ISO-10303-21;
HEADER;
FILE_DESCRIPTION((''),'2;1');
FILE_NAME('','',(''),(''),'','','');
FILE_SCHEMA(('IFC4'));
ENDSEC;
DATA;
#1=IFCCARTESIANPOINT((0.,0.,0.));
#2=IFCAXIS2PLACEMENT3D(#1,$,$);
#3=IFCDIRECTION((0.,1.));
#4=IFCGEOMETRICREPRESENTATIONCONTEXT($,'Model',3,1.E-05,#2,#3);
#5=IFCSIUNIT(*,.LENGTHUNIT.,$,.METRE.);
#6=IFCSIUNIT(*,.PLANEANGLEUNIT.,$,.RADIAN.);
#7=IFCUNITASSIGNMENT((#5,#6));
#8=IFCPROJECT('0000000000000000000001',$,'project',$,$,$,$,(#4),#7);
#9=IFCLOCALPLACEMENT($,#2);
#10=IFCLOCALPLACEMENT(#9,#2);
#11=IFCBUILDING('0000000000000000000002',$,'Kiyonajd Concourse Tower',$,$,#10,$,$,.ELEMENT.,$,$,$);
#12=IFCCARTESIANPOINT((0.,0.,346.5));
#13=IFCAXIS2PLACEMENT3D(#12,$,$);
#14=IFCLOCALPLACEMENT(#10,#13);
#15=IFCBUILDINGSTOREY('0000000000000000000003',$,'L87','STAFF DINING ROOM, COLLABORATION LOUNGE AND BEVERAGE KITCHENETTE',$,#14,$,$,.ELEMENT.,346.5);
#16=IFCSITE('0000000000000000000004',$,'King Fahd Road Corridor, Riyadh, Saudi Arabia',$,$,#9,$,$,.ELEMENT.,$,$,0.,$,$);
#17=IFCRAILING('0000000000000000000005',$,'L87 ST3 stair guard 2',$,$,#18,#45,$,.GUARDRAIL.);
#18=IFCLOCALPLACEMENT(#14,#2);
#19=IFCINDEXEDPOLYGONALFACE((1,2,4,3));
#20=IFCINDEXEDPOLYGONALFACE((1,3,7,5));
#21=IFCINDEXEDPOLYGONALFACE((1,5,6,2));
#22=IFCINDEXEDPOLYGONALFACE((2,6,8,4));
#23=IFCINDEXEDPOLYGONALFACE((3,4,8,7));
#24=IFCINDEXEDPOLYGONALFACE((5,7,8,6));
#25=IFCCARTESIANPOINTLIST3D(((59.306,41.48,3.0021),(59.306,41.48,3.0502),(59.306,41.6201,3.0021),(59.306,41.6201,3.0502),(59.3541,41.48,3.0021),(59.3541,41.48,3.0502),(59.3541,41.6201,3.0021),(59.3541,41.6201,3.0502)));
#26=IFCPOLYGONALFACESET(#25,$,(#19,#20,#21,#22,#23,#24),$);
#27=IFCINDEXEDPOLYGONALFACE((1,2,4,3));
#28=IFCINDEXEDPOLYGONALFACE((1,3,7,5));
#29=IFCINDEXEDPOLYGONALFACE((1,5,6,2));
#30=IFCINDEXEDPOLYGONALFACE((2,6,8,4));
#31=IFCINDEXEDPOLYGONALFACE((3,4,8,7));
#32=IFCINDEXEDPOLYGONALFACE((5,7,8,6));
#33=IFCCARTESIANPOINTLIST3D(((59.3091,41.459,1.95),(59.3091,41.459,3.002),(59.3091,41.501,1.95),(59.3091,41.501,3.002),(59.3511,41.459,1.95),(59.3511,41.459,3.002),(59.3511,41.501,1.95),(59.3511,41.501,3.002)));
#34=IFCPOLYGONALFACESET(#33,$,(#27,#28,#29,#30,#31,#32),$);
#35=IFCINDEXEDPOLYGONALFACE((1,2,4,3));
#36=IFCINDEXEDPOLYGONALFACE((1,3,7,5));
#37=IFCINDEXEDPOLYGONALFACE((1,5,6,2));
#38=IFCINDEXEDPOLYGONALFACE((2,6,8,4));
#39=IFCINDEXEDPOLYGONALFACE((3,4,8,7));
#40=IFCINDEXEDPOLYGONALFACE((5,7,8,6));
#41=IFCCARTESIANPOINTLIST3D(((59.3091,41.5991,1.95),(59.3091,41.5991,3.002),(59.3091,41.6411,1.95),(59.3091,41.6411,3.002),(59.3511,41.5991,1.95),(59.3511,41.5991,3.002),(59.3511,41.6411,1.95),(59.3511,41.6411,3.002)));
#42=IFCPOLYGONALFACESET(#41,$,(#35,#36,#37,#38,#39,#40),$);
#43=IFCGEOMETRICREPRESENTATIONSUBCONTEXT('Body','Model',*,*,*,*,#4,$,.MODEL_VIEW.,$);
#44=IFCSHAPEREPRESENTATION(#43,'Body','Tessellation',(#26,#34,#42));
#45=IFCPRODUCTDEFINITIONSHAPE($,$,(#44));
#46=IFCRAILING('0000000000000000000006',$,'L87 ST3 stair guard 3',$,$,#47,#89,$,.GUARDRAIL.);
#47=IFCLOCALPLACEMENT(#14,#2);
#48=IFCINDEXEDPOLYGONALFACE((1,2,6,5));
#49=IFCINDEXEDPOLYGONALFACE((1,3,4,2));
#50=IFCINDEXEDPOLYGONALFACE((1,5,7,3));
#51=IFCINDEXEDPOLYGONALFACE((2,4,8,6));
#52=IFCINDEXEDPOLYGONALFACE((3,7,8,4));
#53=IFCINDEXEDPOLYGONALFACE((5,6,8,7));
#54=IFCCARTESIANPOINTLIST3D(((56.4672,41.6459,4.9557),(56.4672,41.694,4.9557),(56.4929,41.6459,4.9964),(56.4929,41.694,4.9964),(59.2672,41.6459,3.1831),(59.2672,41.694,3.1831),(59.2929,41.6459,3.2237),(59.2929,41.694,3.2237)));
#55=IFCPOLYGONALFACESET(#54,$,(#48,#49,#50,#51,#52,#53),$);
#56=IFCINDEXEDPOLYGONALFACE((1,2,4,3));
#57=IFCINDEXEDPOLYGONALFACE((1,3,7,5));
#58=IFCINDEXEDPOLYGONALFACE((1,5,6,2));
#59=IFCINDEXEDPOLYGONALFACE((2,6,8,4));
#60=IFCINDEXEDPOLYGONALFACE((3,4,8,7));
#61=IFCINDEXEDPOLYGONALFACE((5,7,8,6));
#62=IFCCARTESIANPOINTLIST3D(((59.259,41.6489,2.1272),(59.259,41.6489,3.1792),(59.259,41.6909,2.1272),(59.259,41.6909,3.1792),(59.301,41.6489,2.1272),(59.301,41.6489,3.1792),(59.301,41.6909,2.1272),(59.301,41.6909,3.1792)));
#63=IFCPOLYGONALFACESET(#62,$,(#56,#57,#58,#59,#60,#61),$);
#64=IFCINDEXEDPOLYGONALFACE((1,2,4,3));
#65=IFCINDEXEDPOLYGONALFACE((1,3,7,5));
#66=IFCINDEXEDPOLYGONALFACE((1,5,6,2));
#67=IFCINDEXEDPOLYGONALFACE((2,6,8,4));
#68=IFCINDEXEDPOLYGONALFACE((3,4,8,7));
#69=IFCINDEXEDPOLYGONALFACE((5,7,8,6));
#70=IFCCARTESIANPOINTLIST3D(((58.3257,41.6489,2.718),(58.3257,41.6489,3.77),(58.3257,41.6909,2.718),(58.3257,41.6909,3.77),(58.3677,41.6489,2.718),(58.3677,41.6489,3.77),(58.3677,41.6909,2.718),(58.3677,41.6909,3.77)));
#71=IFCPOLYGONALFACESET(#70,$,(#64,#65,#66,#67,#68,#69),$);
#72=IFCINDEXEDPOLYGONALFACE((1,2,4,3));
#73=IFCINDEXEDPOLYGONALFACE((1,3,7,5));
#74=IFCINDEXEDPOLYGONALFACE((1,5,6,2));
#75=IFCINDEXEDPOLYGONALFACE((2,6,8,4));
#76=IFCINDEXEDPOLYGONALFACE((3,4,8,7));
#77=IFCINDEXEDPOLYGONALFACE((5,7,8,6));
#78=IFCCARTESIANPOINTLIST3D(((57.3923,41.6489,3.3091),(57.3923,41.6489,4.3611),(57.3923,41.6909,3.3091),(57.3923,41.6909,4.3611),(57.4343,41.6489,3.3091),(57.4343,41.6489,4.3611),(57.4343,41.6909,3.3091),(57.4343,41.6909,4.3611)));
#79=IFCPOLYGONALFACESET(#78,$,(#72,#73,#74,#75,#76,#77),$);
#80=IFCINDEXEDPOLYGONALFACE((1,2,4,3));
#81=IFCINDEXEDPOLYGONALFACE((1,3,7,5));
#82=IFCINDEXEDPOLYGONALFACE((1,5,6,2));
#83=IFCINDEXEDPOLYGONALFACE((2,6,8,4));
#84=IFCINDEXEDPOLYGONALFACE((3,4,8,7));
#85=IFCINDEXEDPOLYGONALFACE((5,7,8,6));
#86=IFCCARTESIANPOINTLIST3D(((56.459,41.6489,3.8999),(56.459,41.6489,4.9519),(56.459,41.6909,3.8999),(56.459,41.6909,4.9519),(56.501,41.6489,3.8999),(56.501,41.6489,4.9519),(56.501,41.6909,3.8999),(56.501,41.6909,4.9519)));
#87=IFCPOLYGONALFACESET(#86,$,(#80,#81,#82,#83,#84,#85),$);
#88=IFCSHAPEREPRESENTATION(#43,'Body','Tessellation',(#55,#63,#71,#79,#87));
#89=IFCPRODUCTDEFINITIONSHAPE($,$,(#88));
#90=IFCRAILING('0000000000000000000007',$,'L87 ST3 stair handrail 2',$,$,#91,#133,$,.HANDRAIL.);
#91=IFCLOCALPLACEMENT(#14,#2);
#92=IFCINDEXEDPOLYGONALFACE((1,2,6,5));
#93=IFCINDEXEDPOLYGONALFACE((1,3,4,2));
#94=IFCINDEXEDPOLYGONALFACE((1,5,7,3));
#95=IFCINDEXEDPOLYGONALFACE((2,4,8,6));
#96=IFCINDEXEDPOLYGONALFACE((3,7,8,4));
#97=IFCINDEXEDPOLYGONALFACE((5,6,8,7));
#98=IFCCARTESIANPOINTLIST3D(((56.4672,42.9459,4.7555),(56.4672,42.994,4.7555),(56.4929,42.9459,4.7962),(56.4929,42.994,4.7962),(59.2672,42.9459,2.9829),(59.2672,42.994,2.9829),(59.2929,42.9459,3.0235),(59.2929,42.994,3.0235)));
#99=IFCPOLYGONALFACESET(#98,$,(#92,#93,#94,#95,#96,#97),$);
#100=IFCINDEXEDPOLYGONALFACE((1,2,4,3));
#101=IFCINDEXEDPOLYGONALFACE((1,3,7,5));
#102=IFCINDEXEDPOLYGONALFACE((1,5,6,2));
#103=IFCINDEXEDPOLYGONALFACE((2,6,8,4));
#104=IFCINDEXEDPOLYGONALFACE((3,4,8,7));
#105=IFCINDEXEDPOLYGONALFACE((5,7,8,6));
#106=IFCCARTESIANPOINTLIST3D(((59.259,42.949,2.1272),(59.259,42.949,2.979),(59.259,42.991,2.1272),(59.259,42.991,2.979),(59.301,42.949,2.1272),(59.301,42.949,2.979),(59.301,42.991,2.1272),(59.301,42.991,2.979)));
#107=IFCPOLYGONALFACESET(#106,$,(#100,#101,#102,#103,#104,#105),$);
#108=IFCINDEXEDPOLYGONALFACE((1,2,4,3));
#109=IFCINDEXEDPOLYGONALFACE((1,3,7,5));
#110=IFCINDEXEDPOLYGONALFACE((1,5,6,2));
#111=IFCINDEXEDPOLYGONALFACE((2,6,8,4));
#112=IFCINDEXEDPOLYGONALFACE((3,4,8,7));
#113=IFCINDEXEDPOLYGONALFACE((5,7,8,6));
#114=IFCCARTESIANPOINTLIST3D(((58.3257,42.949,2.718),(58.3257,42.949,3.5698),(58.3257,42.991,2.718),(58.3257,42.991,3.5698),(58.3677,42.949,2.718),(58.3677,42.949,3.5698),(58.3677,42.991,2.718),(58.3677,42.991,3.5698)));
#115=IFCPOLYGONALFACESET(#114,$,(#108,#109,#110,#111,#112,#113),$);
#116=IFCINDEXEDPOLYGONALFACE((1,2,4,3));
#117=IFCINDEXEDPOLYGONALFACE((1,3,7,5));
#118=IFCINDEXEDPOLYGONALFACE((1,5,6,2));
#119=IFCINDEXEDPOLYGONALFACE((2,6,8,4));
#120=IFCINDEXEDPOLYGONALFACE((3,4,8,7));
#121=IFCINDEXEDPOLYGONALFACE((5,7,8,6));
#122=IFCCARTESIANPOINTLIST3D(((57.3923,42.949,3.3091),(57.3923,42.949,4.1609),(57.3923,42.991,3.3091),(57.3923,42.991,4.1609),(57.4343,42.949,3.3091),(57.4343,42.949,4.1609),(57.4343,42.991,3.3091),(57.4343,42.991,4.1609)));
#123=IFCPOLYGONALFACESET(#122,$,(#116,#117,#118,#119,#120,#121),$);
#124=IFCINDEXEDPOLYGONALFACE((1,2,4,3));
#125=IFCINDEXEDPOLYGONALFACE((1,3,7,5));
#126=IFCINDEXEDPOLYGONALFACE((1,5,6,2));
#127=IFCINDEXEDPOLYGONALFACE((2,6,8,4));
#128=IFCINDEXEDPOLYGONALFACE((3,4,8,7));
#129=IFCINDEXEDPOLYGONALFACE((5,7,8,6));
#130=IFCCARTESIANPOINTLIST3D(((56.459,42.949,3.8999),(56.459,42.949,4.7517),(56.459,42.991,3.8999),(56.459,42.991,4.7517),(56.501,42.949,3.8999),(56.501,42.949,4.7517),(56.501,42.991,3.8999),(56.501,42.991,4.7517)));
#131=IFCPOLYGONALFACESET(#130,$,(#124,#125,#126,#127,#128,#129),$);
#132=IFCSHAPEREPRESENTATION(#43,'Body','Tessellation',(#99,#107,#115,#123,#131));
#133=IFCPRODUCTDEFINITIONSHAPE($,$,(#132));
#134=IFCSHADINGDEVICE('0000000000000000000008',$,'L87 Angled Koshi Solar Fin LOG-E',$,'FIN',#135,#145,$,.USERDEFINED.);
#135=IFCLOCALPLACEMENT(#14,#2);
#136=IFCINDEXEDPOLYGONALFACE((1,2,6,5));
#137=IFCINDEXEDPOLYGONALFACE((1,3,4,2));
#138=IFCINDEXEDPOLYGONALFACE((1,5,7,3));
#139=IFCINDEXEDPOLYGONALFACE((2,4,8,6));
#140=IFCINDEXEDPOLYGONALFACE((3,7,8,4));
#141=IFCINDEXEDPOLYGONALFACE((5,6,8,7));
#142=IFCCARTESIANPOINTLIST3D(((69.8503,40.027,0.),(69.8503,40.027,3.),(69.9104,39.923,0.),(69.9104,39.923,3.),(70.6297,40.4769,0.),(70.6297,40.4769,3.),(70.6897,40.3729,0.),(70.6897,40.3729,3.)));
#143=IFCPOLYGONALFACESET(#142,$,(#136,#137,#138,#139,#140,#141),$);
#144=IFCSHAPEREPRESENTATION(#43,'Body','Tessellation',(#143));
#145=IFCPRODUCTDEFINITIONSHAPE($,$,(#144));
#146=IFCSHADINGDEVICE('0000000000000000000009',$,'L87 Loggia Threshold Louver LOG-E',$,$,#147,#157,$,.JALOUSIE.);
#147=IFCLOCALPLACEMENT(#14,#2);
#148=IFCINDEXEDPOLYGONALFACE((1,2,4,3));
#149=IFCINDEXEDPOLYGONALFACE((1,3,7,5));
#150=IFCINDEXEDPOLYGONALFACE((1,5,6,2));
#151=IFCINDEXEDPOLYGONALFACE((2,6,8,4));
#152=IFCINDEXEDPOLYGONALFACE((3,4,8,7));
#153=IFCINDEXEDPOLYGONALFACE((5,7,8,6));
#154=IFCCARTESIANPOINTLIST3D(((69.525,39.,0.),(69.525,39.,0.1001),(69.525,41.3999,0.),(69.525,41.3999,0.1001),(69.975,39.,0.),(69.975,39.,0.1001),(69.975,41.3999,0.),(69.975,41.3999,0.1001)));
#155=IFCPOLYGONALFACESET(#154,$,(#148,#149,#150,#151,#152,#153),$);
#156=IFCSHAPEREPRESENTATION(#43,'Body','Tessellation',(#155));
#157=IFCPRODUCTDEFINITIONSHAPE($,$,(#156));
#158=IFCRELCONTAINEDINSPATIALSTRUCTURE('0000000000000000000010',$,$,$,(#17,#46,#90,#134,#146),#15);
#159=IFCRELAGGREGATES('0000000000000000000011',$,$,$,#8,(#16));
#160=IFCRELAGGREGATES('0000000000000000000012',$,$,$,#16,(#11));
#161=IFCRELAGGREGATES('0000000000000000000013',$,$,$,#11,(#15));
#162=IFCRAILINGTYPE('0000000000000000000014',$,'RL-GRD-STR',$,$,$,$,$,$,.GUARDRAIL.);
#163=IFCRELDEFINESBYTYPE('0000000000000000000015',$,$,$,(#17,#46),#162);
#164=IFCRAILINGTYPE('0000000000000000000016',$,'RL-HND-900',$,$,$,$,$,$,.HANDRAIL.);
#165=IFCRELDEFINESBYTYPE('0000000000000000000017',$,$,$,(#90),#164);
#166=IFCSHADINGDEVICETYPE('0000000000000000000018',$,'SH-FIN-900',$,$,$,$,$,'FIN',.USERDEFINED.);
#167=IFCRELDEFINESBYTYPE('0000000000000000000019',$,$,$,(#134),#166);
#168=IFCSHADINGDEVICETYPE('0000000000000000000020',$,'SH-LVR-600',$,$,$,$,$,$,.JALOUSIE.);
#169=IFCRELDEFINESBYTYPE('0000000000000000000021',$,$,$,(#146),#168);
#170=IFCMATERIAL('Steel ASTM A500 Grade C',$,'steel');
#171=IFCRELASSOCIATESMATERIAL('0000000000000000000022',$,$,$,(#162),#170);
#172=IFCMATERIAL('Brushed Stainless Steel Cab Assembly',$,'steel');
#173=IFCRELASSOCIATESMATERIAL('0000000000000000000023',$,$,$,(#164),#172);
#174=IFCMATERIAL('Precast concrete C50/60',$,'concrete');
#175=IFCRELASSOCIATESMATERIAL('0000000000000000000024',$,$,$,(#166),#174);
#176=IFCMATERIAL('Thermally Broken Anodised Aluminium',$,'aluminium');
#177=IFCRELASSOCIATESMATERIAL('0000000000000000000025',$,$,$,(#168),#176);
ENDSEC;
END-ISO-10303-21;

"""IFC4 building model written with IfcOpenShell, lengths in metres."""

from ifc_helpers import new_model, si_unit, direction, frame, origin, origin_2d, place, context, subcontext, project, spatial, rectangle, extrude, material, type_object, element, save


model = new_model("IFC4")

# Units and contexts
model_context = context("Model", 3, precision=1e-05, world=origin(), true_north=direction((0.0, 1.0)))
body_context = subcontext(model_context, "Body", "Model", "MODEL_VIEW")
ifc_project = project(units=[si_unit("LENGTHUNIT", "METRE"), si_unit("PLANEANGLEUNIT", "RADIAN")], contexts=[model_context])

# Site, building, storey
site_placement = place(None, origin())
site = spatial("IfcSite", under=ifc_project, at=site_placement, Name="King Fahd Road Corridor, Riyadh, Saudi Arabia", CompositionType="ELEMENT", RefElevation=0.0)
building_placement = place(site_placement, origin())
building = spatial("IfcBuilding", under=site, at=building_placement, Name="Kiyonajd Concourse Tower", CompositionType="ELEMENT")
storey_placement = place(building_placement, frame((0.0, 0.0, 346.5)))
storey = spatial("IfcBuildingStorey", under=building, at=storey_placement, Name="L87", Description="STAFF DINING ROOM, COLLABORATION LOUNGE AND BEVERAGE KITCHENETTE", CompositionType="ELEMENT", Elevation=346.5)

# Shared definitions
ifc_material_1 = material(Name="Thermally Broken Anodised Aluminium", Category="aluminium")

# Shared definitions
ifc_material_2 = material(Name="Precast concrete C50/60", Category="concrete")

# Railings
ifc_material_3 = material(Name="Steel ASTM A500 Grade C", Category="steel")
railing_type_1 = type_object("IfcRailingType", Name="RL-GRD-STR", PredefinedType="GUARDRAIL", material=ifc_material_3)
railing_1_placement = place(storey_placement, frame((59.3301, 41.48, 1.95)))
element("IfcRailing", 1, at=railing_1_placement, inside=storey, type_object=railing_type_1, Name="L87 ST3 stair guard 2", PredefinedType="GUARDRAIL", context=body_context, shape_type="SweptSolid", body=[
    extrude(rectangle(XDim=0.0481, YDim=0.0481, at=origin_2d()), frame((0.0, 0.0, 1.0762), z_axis=(0.0, 1.0, 0.0), x_axis=(-1.0, 0.0, 0.0)), (0.0, 0.0, 1.0), 0.1401),
    extrude(rectangle(XDim=0.042, YDim=0.042, at=origin_2d()), origin(), (0.0, 0.0, 1.0), 1.052),
    extrude(rectangle(XDim=0.042, YDim=0.042, at=origin_2d()), frame((0.0, 0.1401, 0.0)), (0.0, 0.0, 1.0), 1.052),
])
railing_2_placement = place(storey_placement, frame((59.28, 41.6699, 2.1272)))
element("IfcRailing", 2, at=railing_2_placement, inside=storey, type_object=railing_type_1, Name="L87 ST3 stair guard 3", PredefinedType="GUARDRAIL", context=body_context, shape_type="SweptSolid", body=[
    extrude(rectangle(XDim=0.0481, YDim=0.0481, at=origin_2d()), frame((0.0, 0.0, 1.0762), z_axis=(-0.844909, 0.0, 0.53491), x_axis=(0.0, -1.0, 0.0)), (0.0, 0.0, 1.0), 3.314),
    extrude(rectangle(XDim=0.042, YDim=0.042, at=origin_2d()), origin(), (0.0, 0.0, 1.0), 1.052),
    extrude(rectangle(XDim=0.042, YDim=0.042, at=origin_2d()), frame((-0.9333, 0.0, 0.5908)), (0.0, 0.0, 1.0), 1.052),
    extrude(rectangle(XDim=0.042, YDim=0.042, at=origin_2d()), frame((-1.8667, 0.0, 1.1819)), (0.0, 0.0, 1.0), 1.052),
    extrude(rectangle(XDim=0.042, YDim=0.042, at=origin_2d()), frame((-2.8, 0.0, 1.7727)), (0.0, 0.0, 1.0), 1.052),
])
ifc_material_4 = material(Name="Brushed Stainless Steel Cab Assembly", Category="steel")
railing_type_2 = type_object("IfcRailingType", Name="RL-HND-900", PredefinedType="HANDRAIL", material=ifc_material_4)
railing_3_placement = place(storey_placement, frame((59.28, 42.97, 2.1272)))
element("IfcRailing", 3, at=railing_3_placement, inside=storey, type_object=railing_type_2, Name="L87 ST3 stair handrail 2", PredefinedType="HANDRAIL", context=body_context, shape_type="SweptSolid", body=[
    extrude(rectangle(XDim=0.0481, YDim=0.0481, at=origin_2d()), frame((0.0, 0.0, 0.876), z_axis=(-0.844909, 0.0, 0.53491), x_axis=(0.0, -1.0, 0.0)), (0.0, 0.0, 1.0), 3.314),
    extrude(rectangle(XDim=0.042, YDim=0.042, at=origin_2d()), origin(), (0.0, 0.0, 1.0), 0.8518),
    extrude(rectangle(XDim=0.042, YDim=0.042, at=origin_2d()), frame((-0.9333, 0.0, 0.5908)), (0.0, 0.0, 1.0), 0.8518),
    extrude(rectangle(XDim=0.042, YDim=0.042, at=origin_2d()), frame((-1.8667, 0.0, 1.1819)), (0.0, 0.0, 1.0), 0.8518),
    extrude(rectangle(XDim=0.042, YDim=0.042, at=origin_2d()), frame((-2.8, 0.0, 1.7727)), (0.0, 0.0, 1.0), 0.8518),
])

# Shading devices
shading_device_type_1 = type_object("IfcShadingDeviceType", Name="SH-FIN-900", ElementType="FIN", PredefinedType="USERDEFINED", material=ifc_material_2)
shading_device_1_placement = place(storey_placement, frame((70.27, 40.2, 0.0), z_axis=(0.0, 0.0, 1.0), x_axis=(0.866025, 0.5, 0.0)))
element("IfcShadingDevice", 4, at=shading_device_1_placement, inside=storey, type_object=shading_device_type_1, Name="L87 Angled Koshi Solar Fin LOG-E", ObjectType="FIN", PredefinedType="USERDEFINED", context=body_context, shape_type="SweptSolid", body=[
    extrude(rectangle(XDim=0.8999, YDim=0.1201, at=origin_2d()), origin(), (0.0, 0.0, 1.0), 3.0),
])
shading_device_type_2 = type_object("IfcShadingDeviceType", Name="SH-LVR-600", PredefinedType="JALOUSIE", material=ifc_material_1)
shading_device_2_placement = place(storey_placement, frame((69.75, 40.2, 0.0), z_axis=(0.0, 0.0, 1.0), x_axis=(0.0, 1.0, 0.0)))
element("IfcShadingDevice", 5, at=shading_device_2_placement, inside=storey, type_object=shading_device_type_2, Name="L87 Loggia Threshold Louver LOG-E", PredefinedType="JALOUSIE", context=body_context, shape_type="SweptSolid", body=[
    extrude(rectangle(XDim=2.3999, YDim=0.45, at=origin_2d()), origin(), (0.0, 0.0, 1.0), 0.1001),
])

save(model, "model.ifc")
